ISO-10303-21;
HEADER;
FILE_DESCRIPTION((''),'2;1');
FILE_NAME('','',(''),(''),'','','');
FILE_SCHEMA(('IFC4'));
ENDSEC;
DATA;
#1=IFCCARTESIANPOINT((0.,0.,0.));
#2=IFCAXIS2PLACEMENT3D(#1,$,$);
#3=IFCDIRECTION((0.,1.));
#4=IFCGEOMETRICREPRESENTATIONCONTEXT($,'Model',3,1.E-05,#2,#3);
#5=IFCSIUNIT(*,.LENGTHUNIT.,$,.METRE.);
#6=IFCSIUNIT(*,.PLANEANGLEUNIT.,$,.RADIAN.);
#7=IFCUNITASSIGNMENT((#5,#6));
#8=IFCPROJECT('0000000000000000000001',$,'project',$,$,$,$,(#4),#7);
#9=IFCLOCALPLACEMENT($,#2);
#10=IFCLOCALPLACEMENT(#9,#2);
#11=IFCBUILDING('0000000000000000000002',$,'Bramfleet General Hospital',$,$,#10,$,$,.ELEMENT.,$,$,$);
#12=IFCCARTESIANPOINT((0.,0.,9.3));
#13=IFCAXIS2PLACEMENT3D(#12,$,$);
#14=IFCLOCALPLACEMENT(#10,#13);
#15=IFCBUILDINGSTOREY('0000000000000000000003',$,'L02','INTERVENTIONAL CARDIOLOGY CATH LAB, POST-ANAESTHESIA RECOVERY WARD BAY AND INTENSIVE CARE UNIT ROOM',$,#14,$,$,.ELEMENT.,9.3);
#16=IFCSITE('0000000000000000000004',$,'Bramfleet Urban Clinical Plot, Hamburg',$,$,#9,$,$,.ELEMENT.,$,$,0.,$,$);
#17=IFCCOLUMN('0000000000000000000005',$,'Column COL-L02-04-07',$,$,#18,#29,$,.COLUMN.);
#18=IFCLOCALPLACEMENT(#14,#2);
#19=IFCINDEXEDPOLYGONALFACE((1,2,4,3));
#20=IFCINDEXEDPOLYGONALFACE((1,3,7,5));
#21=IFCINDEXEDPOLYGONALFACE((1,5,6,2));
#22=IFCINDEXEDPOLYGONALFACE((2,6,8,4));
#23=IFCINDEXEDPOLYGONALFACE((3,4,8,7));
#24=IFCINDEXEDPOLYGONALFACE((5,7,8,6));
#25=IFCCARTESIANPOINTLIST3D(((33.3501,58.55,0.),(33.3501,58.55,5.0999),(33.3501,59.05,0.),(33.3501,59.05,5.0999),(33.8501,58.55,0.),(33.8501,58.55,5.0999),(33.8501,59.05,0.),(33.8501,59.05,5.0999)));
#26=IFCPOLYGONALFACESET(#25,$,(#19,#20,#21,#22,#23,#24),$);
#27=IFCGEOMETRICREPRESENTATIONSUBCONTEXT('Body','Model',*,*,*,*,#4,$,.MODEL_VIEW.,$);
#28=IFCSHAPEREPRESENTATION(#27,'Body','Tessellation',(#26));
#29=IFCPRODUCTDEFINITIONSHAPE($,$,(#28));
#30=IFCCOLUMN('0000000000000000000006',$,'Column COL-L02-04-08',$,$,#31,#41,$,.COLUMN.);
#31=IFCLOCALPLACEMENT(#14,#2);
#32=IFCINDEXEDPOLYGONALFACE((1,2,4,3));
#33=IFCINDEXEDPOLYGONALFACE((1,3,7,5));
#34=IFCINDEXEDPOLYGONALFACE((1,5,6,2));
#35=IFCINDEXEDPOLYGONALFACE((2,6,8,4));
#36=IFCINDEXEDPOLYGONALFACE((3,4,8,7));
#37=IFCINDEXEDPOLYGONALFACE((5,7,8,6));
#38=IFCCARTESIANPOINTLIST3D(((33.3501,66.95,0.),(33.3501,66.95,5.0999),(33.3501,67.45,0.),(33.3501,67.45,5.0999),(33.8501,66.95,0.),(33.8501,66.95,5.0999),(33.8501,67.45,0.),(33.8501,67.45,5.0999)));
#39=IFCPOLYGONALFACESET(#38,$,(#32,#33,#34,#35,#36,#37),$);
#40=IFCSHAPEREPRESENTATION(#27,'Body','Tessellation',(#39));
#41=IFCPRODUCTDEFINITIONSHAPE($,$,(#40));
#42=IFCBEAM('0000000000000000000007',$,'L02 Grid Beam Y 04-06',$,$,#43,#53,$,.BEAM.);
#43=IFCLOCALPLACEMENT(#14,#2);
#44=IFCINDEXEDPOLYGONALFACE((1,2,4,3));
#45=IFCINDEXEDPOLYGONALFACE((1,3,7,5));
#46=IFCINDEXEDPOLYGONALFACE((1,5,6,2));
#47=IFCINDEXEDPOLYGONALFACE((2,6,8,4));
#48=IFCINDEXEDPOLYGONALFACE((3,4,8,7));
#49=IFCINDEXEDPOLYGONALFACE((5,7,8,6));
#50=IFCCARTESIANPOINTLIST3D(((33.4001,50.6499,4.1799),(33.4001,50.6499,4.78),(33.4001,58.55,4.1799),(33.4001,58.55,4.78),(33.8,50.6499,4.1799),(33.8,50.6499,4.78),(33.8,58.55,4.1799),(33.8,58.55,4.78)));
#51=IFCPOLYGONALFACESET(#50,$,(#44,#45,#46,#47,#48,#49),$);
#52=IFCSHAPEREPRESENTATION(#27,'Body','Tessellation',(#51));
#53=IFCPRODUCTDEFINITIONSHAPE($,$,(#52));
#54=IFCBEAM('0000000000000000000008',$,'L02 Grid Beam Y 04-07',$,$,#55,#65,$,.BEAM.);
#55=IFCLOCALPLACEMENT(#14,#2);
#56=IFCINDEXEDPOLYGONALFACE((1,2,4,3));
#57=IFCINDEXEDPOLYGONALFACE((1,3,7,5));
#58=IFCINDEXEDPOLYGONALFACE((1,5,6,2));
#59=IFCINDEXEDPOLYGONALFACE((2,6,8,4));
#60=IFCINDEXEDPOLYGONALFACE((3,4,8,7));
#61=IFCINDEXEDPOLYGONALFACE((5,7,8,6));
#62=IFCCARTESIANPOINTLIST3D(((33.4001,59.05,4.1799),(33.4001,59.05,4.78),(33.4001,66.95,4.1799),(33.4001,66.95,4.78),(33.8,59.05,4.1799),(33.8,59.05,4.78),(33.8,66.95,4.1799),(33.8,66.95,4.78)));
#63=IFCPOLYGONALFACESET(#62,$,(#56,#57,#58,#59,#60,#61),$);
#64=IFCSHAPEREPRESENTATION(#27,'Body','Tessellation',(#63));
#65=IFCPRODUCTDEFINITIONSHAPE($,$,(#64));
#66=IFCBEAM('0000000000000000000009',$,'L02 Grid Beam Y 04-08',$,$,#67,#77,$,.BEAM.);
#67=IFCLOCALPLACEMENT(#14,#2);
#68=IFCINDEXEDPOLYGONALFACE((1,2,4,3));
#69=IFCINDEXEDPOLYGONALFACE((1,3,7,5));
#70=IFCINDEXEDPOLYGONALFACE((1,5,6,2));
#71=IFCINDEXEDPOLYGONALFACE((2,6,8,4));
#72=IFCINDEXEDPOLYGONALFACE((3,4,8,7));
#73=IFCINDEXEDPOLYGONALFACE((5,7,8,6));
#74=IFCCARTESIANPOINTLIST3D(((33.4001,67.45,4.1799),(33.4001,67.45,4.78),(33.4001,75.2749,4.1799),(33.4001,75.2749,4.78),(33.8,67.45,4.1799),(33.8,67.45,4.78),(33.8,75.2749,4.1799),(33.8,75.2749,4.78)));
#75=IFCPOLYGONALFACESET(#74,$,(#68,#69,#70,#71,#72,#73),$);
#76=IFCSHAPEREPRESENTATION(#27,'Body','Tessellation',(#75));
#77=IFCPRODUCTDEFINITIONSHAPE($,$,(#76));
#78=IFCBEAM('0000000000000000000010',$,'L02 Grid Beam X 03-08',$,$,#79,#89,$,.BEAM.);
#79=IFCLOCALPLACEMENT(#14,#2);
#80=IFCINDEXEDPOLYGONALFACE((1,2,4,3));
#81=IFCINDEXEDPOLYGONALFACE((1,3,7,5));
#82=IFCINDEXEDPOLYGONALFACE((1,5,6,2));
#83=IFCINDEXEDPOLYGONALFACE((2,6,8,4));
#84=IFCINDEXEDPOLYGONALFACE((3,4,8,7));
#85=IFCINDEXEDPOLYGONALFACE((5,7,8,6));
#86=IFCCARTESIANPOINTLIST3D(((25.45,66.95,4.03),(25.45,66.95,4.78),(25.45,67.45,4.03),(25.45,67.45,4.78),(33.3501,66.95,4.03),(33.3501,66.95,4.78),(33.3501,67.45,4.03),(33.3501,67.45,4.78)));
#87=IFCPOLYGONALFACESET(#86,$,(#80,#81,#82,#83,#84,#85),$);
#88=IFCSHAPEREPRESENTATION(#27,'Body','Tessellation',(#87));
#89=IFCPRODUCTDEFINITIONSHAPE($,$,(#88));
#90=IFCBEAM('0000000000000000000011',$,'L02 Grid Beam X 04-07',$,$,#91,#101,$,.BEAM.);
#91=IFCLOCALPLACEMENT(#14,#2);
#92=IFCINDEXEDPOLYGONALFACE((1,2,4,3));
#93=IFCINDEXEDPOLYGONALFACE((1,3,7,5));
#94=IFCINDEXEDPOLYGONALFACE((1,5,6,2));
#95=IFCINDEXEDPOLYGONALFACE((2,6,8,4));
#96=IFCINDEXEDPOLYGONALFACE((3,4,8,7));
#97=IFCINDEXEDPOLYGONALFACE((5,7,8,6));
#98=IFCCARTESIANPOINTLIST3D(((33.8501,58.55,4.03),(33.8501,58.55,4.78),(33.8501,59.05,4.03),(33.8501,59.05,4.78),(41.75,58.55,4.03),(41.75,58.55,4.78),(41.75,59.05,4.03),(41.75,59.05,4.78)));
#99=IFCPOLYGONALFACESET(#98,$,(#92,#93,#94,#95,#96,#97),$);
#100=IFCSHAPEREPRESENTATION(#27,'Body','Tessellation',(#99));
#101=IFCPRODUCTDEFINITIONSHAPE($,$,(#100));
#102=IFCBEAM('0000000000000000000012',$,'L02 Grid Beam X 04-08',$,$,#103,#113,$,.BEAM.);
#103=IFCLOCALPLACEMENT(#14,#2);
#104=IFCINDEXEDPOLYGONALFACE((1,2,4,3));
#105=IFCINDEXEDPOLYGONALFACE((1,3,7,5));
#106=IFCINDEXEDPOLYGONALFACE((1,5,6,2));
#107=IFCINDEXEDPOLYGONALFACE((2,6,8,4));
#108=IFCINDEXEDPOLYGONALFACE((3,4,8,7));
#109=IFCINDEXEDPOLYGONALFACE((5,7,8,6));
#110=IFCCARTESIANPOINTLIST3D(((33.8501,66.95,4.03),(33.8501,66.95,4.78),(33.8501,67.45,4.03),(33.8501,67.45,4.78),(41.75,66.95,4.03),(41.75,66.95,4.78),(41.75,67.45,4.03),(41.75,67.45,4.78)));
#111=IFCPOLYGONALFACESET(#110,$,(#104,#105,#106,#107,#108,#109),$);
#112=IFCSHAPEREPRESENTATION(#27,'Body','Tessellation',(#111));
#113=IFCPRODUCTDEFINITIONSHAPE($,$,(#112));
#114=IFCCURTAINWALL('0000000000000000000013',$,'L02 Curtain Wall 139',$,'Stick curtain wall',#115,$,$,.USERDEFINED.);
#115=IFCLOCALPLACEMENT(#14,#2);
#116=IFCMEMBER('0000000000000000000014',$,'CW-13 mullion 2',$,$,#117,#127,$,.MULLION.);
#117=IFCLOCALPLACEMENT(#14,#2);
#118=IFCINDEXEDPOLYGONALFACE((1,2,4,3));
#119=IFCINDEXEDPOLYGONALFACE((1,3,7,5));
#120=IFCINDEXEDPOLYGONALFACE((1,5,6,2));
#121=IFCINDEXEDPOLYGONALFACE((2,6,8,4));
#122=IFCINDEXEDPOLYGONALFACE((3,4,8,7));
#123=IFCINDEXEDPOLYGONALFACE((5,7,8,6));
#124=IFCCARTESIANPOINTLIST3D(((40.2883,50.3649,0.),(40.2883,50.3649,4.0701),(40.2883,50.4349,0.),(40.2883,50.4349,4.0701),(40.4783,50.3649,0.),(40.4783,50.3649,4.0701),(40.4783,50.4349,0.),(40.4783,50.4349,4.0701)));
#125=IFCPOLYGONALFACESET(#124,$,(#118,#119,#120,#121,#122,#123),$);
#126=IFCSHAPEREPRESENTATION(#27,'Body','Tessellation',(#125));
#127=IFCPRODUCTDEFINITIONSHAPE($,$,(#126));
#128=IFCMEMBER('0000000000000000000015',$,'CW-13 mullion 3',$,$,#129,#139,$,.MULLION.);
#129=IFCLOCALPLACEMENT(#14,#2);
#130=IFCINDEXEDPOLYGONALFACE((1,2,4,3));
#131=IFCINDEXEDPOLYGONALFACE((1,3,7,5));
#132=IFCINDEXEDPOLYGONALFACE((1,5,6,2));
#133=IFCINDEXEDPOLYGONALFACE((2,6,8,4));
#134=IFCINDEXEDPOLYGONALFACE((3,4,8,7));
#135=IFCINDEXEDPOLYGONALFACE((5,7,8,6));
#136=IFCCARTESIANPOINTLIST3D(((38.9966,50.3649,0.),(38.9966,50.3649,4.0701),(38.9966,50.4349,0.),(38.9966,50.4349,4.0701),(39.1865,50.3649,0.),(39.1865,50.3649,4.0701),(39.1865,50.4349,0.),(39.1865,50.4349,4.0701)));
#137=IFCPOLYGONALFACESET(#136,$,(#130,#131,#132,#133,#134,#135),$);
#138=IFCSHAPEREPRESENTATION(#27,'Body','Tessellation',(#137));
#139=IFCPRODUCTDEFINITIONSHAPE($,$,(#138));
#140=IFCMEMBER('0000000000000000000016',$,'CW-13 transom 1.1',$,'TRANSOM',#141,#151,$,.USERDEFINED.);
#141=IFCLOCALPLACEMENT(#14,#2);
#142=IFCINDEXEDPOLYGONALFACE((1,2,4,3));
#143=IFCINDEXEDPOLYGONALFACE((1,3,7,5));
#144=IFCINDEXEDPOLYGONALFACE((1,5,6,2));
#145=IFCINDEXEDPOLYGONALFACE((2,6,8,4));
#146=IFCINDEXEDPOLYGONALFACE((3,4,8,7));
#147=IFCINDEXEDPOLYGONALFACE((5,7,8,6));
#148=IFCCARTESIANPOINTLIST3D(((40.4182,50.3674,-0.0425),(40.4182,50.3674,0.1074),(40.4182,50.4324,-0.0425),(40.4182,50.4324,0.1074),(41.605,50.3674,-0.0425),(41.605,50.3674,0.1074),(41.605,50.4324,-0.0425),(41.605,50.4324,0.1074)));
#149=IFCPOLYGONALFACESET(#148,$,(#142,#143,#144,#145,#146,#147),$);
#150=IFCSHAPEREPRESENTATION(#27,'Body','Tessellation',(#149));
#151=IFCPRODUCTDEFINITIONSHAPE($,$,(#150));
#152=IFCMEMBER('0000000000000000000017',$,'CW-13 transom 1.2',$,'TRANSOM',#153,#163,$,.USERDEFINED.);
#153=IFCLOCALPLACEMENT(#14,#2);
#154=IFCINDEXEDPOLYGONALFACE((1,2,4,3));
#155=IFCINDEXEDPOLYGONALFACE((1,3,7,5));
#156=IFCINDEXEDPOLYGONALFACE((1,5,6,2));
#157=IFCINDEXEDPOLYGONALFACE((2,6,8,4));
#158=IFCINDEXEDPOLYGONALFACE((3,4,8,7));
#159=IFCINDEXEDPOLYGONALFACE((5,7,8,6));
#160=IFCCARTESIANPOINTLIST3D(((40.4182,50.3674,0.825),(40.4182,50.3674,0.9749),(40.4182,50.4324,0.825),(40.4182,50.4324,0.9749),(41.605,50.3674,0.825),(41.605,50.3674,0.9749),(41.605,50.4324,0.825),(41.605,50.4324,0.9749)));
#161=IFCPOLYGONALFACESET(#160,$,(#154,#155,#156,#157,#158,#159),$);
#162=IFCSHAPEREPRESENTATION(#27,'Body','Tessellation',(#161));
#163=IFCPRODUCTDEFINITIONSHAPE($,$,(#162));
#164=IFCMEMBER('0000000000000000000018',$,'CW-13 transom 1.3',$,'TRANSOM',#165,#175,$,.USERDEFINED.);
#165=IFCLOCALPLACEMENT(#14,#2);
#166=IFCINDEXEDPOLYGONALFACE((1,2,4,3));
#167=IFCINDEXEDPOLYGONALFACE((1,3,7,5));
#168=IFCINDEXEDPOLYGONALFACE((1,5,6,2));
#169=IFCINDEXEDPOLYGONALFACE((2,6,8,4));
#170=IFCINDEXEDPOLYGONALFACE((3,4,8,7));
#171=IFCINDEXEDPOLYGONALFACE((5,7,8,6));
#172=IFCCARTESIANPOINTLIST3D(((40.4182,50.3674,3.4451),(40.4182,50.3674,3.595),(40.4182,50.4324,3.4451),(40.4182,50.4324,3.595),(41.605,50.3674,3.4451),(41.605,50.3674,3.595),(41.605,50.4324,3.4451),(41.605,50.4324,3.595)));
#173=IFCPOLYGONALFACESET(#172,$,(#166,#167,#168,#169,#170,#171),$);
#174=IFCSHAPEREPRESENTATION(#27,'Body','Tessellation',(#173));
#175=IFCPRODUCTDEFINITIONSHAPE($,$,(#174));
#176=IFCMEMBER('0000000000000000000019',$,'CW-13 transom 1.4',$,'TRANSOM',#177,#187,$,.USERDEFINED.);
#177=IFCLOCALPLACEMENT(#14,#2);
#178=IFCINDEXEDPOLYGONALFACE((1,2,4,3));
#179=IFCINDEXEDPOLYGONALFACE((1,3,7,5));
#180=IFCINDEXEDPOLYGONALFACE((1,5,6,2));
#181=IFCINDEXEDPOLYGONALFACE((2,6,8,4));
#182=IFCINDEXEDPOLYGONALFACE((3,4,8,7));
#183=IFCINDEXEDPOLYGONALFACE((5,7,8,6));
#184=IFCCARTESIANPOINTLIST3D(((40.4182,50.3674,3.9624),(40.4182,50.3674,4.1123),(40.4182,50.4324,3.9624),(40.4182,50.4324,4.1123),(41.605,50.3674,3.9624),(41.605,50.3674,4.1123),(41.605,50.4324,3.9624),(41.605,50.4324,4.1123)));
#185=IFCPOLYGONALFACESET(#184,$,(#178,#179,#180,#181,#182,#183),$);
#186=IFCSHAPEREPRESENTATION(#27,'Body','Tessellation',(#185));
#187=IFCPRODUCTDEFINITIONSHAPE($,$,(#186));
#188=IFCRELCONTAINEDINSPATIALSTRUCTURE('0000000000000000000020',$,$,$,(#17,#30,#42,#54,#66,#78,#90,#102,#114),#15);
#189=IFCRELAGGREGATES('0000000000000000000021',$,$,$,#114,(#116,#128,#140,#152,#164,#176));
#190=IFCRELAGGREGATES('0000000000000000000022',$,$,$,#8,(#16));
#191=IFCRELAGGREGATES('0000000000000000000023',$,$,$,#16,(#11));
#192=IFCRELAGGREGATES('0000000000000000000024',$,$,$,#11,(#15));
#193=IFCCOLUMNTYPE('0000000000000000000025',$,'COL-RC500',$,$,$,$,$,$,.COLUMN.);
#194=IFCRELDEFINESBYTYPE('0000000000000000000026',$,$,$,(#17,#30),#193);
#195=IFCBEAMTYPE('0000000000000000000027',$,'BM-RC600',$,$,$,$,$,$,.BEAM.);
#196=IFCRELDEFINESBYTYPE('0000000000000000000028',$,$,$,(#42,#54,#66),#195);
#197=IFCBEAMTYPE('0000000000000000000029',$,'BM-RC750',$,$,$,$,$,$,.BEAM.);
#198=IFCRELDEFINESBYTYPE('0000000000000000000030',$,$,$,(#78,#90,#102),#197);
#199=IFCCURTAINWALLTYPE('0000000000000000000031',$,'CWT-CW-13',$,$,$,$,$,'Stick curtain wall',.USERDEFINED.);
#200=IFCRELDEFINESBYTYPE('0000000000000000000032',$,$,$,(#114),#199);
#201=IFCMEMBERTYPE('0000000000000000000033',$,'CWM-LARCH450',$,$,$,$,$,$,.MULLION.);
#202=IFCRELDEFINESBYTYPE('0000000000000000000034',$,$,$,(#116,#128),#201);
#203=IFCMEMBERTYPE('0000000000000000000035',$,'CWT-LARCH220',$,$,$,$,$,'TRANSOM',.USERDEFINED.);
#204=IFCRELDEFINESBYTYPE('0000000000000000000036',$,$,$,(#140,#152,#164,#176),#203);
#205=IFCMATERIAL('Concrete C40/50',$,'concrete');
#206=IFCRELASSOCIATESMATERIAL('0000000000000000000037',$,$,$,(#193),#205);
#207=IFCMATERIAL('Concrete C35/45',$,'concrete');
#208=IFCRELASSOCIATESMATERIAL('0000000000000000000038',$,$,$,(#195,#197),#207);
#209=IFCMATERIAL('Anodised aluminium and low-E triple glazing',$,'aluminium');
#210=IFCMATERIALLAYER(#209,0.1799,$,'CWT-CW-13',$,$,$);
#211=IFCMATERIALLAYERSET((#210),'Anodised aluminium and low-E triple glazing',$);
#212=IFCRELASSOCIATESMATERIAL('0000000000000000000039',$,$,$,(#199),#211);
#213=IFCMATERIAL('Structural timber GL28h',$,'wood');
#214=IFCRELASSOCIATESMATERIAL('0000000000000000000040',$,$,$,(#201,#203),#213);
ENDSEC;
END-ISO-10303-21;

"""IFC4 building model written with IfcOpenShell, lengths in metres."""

from ifc_helpers import new_model, si_unit, direction, frame, origin, origin_2d, place, context, subcontext, project, spatial, rectangle, extrude, material, layer, layer_set, material_profile, profile_set, type_object, element, aggregate, save


model = new_model("IFC4")

# Units and contexts
model_context = context("Model", 3, precision=1e-05, world=origin(), true_north=direction((0.0, 1.0)))
body_context = subcontext(model_context, "Body", "Model", "MODEL_VIEW")
ifc_project = project(units=[si_unit("LENGTHUNIT", "METRE"), si_unit("PLANEANGLEUNIT", "RADIAN")], contexts=[model_context])

# Site, building, storey
site_placement = place(None, origin())
site = spatial("IfcSite", under=ifc_project, at=site_placement, Name="Bramfleet Urban Clinical Plot, Hamburg", CompositionType="ELEMENT", RefElevation=0.0)
building_placement = place(site_placement, origin())
building = spatial("IfcBuilding", under=site, at=building_placement, Name="Bramfleet General Hospital", CompositionType="ELEMENT")
storey_placement = place(building_placement, frame((0.0, 0.0, 9.3)))
storey = spatial("IfcBuildingStorey", under=building, at=storey_placement, Name="L02", Description="INTERVENTIONAL CARDIOLOGY CATH LAB, POST-ANAESTHESIA RECOVERY WARD BAY AND INTENSIVE CARE UNIT ROOM", CompositionType="ELEMENT", Elevation=9.3)

# Columns
ifc_material_1 = material(Name="Concrete C40/50", Category="concrete")
ifc_material_profile_1 = material_profile(ifc_material_1, rectangle(XDim=0.5, YDim=0.5, at=origin_2d()), Name="RC COL 500x500")
ifc_profile_set_1 = profile_set([ifc_material_profile_1], Name="Concrete C40/50")
column_type = type_object("IfcColumnType", Name="COL-RC500", PredefinedType="COLUMN", material=ifc_profile_set_1)
for number, where, z_axis, x_axis, name in (
    (1, (33.6001, 58.8, 0.0), (0.0, 0.0, 1.0), (1.0, 0.0, 0.0), "Column COL-L02-04-07"),
    (2, (33.6001, 67.2, 0.0), (0.0, 0.0, 1.0), (1.0, 0.0, 0.0), "Column COL-L02-04-08"),
):
    element("IfcColumn", number, at=place(storey_placement, frame(where, z_axis=z_axis, x_axis=x_axis)), inside=storey, type_object=column_type, Name=name, PredefinedType="COLUMN", context=body_context, shape_type="SweptSolid", body=[
        extrude(rectangle(XDim=0.5, YDim=0.5, at=origin_2d()), origin(), (0.0, 0.0, 1.0), 5.0999),
    ])

# Beams
ifc_material_2 = material(Name="Concrete C35/45", Category="concrete")
ifc_material_profile_2 = material_profile(ifc_material_2, rectangle(XDim=0.3999, YDim=0.6001, at=origin_2d()), Name="RC BM 600x400")
ifc_profile_set_2 = profile_set([ifc_material_profile_2], Name="Concrete C35/45")
beam_type_1 = type_object("IfcBeamType", Name="BM-RC600", PredefinedType="BEAM", material=ifc_profile_set_2)
beam_1_placement = place(storey_placement, frame((33.6001, 50.6499, 4.48), z_axis=(0.0, 1.0, 0.0), x_axis=(-1.0, 0.0, 0.0)))
element("IfcBeam", 3, at=beam_1_placement, inside=storey, type_object=beam_type_1, Name="L02 Grid Beam Y 04-06", PredefinedType="BEAM", context=body_context, shape_type="SweptSolid", body=[
    extrude(rectangle(XDim=0.3999, YDim=0.6001, at=origin_2d()), origin(), (0.0, 0.0, 1.0), 7.9001),
])
beam_2_placement = place(storey_placement, frame((33.6001, 59.05, 4.48), z_axis=(0.0, 1.0, 0.0), x_axis=(-1.0, 0.0, 0.0)))
element("IfcBeam", 4, at=beam_2_placement, inside=storey, type_object=beam_type_1, Name="L02 Grid Beam Y 04-07", PredefinedType="BEAM", context=body_context, shape_type="SweptSolid", body=[
    extrude(rectangle(XDim=0.3999, YDim=0.6001, at=origin_2d()), origin(), (0.0, 0.0, 1.0), 7.8999),
])
beam_3_placement = place(storey_placement, frame((33.6001, 67.45, 4.48), z_axis=(0.0, 1.0, 0.0), x_axis=(-1.0, 0.0, 0.0)))
element("IfcBeam", 5, at=beam_3_placement, inside=storey, type_object=beam_type_1, Name="L02 Grid Beam Y 04-08", PredefinedType="BEAM", context=body_context, shape_type="SweptSolid", body=[
    extrude(rectangle(XDim=0.3999, YDim=0.6001, at=origin_2d()), origin(), (0.0, 0.0, 1.0), 7.825),
])
ifc_material_profile_3 = material_profile(ifc_material_2, rectangle(XDim=0.5, YDim=0.75, at=origin_2d()), Name="RC BM 750x500")
ifc_profile_set_3 = profile_set([ifc_material_profile_3], Name="Concrete C35/45")
beam_type_2 = type_object("IfcBeamType", Name="BM-RC750", PredefinedType="BEAM", material=ifc_profile_set_3)
beam_4_placement = place(storey_placement, frame((25.45, 67.2, 4.405), z_axis=(1.0, 0.0, 0.0), x_axis=(0.0, 1.0, 0.0)))
element("IfcBeam", 6, at=beam_4_placement, inside=storey, type_object=beam_type_2, Name="L02 Grid Beam X 03-08", PredefinedType="BEAM", context=body_context, shape_type="SweptSolid", body=[
    extrude(rectangle(XDim=0.5, YDim=0.75, at=origin_2d()), origin(), (0.0, 0.0, 1.0), 7.9001),
])
for number, where, z_axis, x_axis, name in (
    (7, (33.8501, 58.8, 4.405), (1.0, 0.0, 0.0), (0.0, 1.0, 0.0), "L02 Grid Beam X 04-07"),
    (8, (33.8501, 67.2, 4.405), (1.0, 0.0, 0.0), (0.0, 1.0, 0.0), "L02 Grid Beam X 04-08"),
):
    element("IfcBeam", number, at=place(storey_placement, frame(where, z_axis=z_axis, x_axis=x_axis)), inside=storey, type_object=beam_type_2, Name=name, PredefinedType="BEAM", context=body_context, shape_type="SweptSolid", body=[
        extrude(rectangle(XDim=0.5, YDim=0.75, at=origin_2d()), origin(), (0.0, 0.0, 1.0), 7.8999),
    ])

# Curtain wall, members
ifc_material_3 = material(Name="Anodised aluminium and low-E triple glazing", Category="aluminium")
ifc_layer_1 = layer(ifc_material_3, 0.1799, Name="CWT-CW-13")
ifc_layer_set_1 = layer_set([ifc_layer_1], Name="Anodised aluminium and low-E triple glazing")
curtain_wall_type = type_object("IfcCurtainWallType", Name="CWT-CW-13", ElementType="Stick curtain wall", PredefinedType="USERDEFINED", material=ifc_layer_set_1)
curtain_wall_placement = place(storey_placement, origin())
curtain_wall = element("IfcCurtainWall", 9, at=curtain_wall_placement, inside=storey, type_object=curtain_wall_type, Name="L02 Curtain Wall 139", ObjectType="Stick curtain wall", PredefinedType="USERDEFINED")
ifc_material_4 = material(Name="Structural timber GL28h", Category="wood")
ifc_material_profile_4 = material_profile(ifc_material_4, rectangle(XDim=0.0701, YDim=0.1899, at=origin_2d()), Name="LARCH 190x70")
ifc_profile_set_4 = profile_set([ifc_material_profile_4], Name="Structural timber GL28h")
member_type_1 = type_object("IfcMemberType", Name="CWM-LARCH450", PredefinedType="MULLION", material=ifc_profile_set_4)
member_1_placement = place(storey_placement, frame((40.3833, 50.3999, 0.0), z_axis=(0.0, 0.0, 1.0), x_axis=(0.0, -1.0, 0.0)))
member_1 = element("IfcMember", 10, at=member_1_placement, type_object=member_type_1, Name="CW-13 mullion 2", PredefinedType="MULLION", context=body_context, shape_type="SweptSolid", body=[
    extrude(rectangle(XDim=0.0701, YDim=0.1899, at=origin_2d()), origin(), (0.0, 0.0, 1.0), 4.0701),
])
member_2_placement = place(storey_placement, frame((39.0916, 50.3999, 0.0), z_axis=(0.0, 0.0, 1.0), x_axis=(0.0, -1.0, 0.0)))
member_2 = element("IfcMember", 11, at=member_2_placement, type_object=member_type_1, Name="CW-13 mullion 3", PredefinedType="MULLION", context=body_context, shape_type="SweptSolid", body=[
    extrude(rectangle(XDim=0.0701, YDim=0.1899, at=origin_2d()), origin(), (0.0, 0.0, 1.0), 4.0701),
])
ifc_material_profile_5 = material_profile(ifc_material_4, rectangle(XDim=0.0649, YDim=0.1499, at=origin_2d()), Name="LARCH 150x65")
ifc_profile_set_5 = profile_set([ifc_material_profile_5], Name="Structural timber GL28h")
member_type_2 = type_object("IfcMemberType", Name="CWT-LARCH220", ElementType="TRANSOM", PredefinedType="USERDEFINED", material=ifc_profile_set_5)
member_3_placement = place(storey_placement, frame((41.605, 50.3999, 0.0325), z_axis=(-1.0, 0.0, 0.0), x_axis=(0.0, -1.0, 0.0)))
member_3 = element("IfcMember", 12, at=member_3_placement, type_object=member_type_2, Name="CW-13 transom 1.1", ObjectType="TRANSOM", PredefinedType="USERDEFINED", context=body_context, shape_type="SweptSolid", body=[
    extrude(rectangle(XDim=0.0649, YDim=0.1499, at=origin_2d()), origin(), (0.0, 0.0, 1.0), 1.1868),
])
member_4_placement = place(storey_placement, frame((41.605, 50.3999, 0.8999), z_axis=(-1.0, 0.0, 0.0), x_axis=(0.0, -1.0, 0.0)))
member_4 = element("IfcMember", 13, at=member_4_placement, type_object=member_type_2, Name="CW-13 transom 1.2", ObjectType="TRANSOM", PredefinedType="USERDEFINED", context=body_context, shape_type="SweptSolid", body=[
    extrude(rectangle(XDim=0.0649, YDim=0.1499, at=origin_2d()), origin(), (0.0, 0.0, 1.0), 1.1868),
])
member_5_placement = place(storey_placement, frame((41.605, 50.3999, 3.52), z_axis=(-1.0, 0.0, 0.0), x_axis=(0.0, -1.0, 0.0)))
member_5 = element("IfcMember", 14, at=member_5_placement, type_object=member_type_2, Name="CW-13 transom 1.3", ObjectType="TRANSOM", PredefinedType="USERDEFINED", context=body_context, shape_type="SweptSolid", body=[
    extrude(rectangle(XDim=0.0649, YDim=0.1499, at=origin_2d()), origin(), (0.0, 0.0, 1.0), 1.1868),
])
member_6_placement = place(storey_placement, frame((41.605, 50.3999, 4.0374), z_axis=(-1.0, 0.0, 0.0), x_axis=(0.0, -1.0, 0.0)))
member_6 = element("IfcMember", 15, at=member_6_placement, type_object=member_type_2, Name="CW-13 transom 1.4", ObjectType="TRANSOM", PredefinedType="USERDEFINED", context=body_context, shape_type="SweptSolid", body=[
    extrude(rectangle(XDim=0.0649, YDim=0.1499, at=origin_2d()), origin(), (0.0, 0.0, 1.0), 1.1868),
])
aggregate(curtain_wall, [member_1, member_2, member_3, member_4, member_5, member_6])

save(model, "model.ifc")
